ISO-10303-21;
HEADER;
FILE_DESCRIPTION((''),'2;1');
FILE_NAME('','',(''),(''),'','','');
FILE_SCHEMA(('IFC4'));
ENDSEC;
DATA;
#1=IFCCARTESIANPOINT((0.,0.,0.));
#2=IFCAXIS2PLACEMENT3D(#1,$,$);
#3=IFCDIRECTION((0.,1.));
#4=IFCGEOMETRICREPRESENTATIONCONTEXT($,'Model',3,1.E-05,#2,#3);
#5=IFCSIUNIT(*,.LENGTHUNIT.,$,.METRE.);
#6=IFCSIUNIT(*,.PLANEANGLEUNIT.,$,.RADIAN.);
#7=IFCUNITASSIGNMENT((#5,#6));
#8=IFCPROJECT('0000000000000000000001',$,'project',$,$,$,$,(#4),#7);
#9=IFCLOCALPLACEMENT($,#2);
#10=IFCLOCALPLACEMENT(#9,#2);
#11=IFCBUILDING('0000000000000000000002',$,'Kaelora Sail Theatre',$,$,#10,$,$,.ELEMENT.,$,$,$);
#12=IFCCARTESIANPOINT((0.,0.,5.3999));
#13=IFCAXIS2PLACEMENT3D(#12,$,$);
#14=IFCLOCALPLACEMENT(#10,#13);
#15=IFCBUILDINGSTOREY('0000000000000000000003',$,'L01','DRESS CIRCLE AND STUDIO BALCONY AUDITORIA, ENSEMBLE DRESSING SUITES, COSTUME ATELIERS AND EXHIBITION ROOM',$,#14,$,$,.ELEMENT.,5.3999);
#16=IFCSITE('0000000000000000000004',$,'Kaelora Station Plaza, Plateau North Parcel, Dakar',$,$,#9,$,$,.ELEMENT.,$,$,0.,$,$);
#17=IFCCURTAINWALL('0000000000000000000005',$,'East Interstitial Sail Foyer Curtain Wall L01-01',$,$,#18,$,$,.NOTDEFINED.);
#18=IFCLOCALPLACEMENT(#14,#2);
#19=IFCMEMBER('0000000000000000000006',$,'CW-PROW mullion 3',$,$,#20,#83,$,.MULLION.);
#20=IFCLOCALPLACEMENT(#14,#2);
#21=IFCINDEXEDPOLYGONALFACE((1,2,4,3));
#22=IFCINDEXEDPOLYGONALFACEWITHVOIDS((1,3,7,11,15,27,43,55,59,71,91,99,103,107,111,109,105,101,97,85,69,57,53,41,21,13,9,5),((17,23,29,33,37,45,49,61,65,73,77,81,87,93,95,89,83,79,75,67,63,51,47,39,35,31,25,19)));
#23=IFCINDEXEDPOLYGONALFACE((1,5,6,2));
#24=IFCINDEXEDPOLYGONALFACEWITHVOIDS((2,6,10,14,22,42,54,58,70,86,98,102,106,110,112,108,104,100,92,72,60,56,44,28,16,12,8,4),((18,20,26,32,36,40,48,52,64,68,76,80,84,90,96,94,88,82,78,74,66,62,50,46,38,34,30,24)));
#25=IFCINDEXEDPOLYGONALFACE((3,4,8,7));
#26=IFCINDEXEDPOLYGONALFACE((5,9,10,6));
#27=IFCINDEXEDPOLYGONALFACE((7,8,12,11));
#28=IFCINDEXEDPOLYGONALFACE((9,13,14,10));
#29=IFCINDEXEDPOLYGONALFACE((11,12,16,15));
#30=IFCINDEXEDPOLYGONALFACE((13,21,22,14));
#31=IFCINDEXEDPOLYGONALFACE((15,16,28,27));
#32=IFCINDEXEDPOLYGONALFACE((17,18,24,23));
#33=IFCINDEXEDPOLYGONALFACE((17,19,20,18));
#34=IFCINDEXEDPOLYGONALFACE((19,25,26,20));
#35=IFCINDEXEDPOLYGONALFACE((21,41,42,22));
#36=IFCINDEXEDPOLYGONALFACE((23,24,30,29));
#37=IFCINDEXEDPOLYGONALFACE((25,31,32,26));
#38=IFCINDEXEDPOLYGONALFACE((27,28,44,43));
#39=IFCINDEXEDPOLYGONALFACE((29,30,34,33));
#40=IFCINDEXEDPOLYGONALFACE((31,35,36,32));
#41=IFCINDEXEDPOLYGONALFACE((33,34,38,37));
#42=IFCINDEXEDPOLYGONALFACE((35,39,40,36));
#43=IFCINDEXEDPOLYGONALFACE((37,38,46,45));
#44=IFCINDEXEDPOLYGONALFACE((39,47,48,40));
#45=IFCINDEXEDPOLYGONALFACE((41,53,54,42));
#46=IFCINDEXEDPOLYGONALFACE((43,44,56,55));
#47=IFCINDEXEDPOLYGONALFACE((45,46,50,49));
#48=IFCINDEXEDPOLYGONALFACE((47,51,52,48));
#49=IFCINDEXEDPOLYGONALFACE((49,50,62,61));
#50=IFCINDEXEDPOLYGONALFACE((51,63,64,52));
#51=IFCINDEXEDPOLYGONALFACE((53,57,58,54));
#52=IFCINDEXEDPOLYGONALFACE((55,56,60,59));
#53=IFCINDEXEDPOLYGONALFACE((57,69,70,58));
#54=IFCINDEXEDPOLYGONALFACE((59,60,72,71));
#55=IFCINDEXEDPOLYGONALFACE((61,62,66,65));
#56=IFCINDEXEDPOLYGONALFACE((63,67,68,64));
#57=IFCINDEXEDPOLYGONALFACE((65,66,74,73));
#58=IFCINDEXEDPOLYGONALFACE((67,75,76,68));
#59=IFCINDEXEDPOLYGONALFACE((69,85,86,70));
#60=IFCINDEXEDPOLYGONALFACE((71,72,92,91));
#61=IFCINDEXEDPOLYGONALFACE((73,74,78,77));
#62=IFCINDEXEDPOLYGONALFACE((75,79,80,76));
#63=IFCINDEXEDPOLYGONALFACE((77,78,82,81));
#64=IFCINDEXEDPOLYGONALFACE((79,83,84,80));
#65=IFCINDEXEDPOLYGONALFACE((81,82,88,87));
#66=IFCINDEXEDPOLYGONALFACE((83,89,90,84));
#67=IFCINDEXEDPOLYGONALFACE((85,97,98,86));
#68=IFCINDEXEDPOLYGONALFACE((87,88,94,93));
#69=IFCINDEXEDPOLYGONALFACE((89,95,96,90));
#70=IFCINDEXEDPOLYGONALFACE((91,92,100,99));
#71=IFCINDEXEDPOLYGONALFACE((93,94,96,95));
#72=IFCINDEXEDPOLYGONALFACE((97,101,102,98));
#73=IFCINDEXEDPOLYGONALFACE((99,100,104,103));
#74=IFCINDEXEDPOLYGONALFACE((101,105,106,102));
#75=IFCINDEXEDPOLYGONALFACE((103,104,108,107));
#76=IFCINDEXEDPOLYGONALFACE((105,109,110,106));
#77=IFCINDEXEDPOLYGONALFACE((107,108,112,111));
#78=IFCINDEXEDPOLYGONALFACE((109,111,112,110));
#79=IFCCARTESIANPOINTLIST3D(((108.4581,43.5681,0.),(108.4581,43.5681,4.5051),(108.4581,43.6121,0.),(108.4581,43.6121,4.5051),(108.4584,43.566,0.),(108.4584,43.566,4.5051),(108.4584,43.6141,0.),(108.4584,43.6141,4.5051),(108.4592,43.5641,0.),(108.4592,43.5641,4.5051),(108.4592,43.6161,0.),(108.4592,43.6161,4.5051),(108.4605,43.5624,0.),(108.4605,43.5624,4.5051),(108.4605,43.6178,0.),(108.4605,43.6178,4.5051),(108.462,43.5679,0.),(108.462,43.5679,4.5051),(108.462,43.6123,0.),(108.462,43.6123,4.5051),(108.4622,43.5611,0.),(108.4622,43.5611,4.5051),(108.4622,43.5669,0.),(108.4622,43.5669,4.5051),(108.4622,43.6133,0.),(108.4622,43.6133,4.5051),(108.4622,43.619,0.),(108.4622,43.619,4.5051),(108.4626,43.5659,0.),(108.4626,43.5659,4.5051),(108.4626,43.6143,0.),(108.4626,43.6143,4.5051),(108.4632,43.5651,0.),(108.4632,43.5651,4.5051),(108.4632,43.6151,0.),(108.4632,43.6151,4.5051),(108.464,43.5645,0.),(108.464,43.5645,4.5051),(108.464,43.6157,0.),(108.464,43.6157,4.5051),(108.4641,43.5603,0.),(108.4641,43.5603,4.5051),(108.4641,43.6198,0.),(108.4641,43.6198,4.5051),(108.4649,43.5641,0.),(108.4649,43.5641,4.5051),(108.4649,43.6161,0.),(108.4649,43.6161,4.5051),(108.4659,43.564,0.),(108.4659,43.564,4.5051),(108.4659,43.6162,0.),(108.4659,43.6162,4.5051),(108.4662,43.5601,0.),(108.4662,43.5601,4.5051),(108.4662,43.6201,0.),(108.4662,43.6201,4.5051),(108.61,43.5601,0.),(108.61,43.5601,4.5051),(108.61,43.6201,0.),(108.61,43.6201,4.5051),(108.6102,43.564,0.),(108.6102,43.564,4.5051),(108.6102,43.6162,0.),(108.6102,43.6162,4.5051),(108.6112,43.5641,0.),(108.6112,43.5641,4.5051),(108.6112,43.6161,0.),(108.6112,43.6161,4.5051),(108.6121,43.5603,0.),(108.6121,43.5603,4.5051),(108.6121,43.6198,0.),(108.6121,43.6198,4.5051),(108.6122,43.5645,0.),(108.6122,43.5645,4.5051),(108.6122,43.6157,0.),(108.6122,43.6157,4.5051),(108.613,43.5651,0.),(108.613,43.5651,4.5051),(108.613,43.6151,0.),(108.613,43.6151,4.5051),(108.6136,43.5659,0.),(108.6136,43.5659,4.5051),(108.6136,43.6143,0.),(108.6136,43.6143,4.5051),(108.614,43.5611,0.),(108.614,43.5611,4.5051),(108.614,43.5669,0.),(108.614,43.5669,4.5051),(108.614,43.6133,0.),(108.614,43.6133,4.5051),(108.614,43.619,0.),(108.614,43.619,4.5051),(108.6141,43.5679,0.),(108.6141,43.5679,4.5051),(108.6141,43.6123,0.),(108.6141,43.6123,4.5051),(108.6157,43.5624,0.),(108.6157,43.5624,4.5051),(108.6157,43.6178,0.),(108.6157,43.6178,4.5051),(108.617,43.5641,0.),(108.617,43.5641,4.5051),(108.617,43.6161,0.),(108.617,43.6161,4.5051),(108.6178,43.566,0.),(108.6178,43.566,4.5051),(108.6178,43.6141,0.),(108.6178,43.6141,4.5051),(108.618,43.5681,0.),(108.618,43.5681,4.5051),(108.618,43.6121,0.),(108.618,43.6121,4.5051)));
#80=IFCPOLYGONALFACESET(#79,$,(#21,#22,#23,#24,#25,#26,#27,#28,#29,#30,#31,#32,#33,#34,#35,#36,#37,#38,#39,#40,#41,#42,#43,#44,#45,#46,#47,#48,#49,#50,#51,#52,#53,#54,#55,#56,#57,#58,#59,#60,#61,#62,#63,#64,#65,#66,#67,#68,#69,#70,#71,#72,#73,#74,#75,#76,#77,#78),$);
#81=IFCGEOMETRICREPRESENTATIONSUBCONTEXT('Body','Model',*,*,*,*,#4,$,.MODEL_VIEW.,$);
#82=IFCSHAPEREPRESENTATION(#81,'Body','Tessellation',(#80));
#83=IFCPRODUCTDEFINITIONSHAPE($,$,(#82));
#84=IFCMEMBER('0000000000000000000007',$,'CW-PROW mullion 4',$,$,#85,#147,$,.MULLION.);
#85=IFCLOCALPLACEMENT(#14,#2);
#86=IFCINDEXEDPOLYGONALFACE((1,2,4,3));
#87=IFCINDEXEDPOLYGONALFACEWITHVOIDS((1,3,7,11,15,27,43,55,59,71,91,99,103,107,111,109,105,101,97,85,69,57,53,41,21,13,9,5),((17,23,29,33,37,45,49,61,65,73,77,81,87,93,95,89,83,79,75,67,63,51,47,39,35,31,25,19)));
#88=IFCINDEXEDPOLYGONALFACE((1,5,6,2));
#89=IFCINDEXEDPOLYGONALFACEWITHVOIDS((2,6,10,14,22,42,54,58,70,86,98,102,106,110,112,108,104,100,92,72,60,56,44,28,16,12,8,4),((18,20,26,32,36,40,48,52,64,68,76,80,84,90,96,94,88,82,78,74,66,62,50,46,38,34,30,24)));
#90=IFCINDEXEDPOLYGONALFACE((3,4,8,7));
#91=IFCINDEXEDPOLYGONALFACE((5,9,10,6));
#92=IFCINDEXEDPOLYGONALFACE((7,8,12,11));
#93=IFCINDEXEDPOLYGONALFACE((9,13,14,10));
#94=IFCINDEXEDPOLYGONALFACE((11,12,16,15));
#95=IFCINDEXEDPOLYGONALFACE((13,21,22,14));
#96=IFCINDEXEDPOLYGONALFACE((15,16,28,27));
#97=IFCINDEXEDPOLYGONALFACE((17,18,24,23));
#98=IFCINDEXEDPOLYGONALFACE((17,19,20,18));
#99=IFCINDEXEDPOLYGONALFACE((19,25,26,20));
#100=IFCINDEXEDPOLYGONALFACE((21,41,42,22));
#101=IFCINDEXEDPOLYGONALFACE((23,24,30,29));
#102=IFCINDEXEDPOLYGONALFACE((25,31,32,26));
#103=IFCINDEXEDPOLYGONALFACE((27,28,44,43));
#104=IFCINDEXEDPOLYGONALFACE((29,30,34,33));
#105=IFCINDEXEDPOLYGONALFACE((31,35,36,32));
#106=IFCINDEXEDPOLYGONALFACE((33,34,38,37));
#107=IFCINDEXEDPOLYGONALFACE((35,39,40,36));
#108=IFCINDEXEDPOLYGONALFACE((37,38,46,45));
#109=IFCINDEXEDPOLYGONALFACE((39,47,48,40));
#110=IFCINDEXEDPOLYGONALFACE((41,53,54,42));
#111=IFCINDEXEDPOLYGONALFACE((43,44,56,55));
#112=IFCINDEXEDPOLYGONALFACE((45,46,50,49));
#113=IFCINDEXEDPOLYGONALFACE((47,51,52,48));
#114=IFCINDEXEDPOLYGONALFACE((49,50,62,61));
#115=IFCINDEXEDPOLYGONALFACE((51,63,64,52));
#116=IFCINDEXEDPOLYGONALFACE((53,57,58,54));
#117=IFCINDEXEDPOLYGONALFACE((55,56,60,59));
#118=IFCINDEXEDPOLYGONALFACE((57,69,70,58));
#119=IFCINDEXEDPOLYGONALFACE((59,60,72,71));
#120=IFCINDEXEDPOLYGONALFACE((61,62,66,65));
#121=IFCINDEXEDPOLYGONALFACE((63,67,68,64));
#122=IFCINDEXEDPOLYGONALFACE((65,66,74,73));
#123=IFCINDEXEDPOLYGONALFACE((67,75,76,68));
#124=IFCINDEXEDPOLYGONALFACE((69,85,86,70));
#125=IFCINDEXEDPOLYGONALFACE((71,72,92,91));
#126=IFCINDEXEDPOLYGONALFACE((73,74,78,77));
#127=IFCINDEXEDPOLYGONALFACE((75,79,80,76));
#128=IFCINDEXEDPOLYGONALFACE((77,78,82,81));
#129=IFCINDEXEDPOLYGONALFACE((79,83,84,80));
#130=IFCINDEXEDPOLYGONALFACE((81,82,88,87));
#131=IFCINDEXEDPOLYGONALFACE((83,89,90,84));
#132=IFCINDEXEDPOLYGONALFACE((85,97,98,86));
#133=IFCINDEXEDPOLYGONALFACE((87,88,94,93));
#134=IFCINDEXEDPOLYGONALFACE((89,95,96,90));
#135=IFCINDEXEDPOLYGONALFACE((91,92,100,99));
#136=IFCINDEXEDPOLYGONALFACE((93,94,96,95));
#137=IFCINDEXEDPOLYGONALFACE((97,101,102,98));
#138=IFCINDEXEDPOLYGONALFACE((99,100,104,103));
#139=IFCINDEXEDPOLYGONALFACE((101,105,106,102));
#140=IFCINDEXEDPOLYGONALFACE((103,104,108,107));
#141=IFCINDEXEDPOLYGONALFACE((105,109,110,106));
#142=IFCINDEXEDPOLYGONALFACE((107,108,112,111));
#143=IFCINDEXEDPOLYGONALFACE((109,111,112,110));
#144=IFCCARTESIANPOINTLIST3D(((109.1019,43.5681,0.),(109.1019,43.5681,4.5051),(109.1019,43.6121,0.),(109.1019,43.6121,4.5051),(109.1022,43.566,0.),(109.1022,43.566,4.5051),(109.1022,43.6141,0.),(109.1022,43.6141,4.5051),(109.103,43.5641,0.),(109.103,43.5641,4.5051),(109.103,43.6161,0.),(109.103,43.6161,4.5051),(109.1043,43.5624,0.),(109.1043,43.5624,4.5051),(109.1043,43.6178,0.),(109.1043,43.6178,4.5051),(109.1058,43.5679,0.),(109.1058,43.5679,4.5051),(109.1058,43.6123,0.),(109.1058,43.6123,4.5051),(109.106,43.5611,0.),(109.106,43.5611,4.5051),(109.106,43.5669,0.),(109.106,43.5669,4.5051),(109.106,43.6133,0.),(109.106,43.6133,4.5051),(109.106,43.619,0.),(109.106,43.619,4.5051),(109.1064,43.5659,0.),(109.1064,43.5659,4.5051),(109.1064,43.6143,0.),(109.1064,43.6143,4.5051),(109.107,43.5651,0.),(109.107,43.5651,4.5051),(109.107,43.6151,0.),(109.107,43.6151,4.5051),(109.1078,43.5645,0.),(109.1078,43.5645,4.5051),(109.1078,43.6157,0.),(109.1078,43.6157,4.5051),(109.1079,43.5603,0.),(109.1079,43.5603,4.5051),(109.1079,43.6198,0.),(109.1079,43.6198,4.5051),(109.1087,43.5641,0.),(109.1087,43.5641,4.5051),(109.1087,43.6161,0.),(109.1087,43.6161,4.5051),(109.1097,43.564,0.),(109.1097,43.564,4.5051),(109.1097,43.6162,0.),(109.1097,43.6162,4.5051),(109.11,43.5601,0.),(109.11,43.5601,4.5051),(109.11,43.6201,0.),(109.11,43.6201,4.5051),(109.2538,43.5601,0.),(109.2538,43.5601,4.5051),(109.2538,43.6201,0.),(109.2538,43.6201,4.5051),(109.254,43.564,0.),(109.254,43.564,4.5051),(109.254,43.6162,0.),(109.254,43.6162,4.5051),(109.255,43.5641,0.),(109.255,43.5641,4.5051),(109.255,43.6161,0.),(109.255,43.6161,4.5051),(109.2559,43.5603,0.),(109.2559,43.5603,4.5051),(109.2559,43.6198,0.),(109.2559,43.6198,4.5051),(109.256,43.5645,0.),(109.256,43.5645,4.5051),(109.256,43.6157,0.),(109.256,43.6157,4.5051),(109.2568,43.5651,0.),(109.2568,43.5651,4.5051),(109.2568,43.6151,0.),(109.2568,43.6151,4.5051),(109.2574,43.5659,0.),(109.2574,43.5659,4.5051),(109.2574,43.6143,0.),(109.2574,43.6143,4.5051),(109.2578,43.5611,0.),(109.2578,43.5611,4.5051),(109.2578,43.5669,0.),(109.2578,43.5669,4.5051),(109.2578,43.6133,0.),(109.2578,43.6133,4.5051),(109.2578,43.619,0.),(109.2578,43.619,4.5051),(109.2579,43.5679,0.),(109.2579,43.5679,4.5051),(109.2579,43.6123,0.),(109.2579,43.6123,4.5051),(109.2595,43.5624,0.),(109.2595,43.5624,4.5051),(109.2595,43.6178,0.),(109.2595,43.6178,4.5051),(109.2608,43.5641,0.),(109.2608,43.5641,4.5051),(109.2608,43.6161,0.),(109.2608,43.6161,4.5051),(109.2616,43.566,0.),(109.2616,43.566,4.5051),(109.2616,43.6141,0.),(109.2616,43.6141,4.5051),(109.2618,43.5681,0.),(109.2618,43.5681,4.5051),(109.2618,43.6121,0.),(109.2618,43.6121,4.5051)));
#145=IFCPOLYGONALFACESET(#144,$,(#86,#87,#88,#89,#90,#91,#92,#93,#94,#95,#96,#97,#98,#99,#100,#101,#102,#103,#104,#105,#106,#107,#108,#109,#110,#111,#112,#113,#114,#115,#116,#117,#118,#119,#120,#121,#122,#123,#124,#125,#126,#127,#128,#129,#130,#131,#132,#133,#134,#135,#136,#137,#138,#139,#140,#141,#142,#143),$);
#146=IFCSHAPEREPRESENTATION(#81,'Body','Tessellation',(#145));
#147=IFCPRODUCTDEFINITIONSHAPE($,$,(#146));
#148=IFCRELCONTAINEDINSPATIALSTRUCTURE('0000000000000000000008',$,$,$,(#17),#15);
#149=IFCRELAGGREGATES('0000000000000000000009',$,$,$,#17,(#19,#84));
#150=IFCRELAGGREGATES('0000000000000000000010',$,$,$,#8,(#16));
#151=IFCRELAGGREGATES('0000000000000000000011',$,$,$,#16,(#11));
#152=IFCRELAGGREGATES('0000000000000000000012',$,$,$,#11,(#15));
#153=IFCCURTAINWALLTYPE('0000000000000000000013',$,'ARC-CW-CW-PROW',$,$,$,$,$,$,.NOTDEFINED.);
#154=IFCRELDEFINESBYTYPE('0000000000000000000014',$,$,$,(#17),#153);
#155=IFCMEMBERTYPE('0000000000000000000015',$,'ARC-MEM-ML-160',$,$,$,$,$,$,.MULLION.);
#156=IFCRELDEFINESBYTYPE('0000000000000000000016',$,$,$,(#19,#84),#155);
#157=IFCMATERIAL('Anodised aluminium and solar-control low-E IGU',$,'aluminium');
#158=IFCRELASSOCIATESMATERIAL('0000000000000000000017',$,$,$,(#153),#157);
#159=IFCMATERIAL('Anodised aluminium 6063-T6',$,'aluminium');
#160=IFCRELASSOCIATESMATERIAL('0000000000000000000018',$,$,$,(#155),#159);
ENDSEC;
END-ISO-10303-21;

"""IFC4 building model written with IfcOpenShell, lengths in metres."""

from ifc_helpers import new_model, si_unit, direction, frame, origin, origin_2d, place, context, subcontext, project, spatial, hollow_rectangle, extrude, material, material_profile, profile_set, type_object, element, aggregate, save


model = new_model("IFC4")

# Units and contexts
model_context = context("Model", 3, precision=1e-05, world=origin(), true_north=direction((0.0, 1.0)))
body_context = subcontext(model_context, "Body", "Model", "MODEL_VIEW")
ifc_project = project(units=[si_unit("LENGTHUNIT", "METRE"), si_unit("PLANEANGLEUNIT", "RADIAN")], contexts=[model_context])

# Site, building, storey
site_placement = place(None, origin())
site = spatial("IfcSite", under=ifc_project, at=site_placement, Name="Kaelora Station Plaza, Plateau North Parcel, Dakar", CompositionType="ELEMENT", RefElevation=0.0)
building_placement = place(site_placement, origin())
building = spatial("IfcBuilding", under=site, at=building_placement, Name="Kaelora Sail Theatre", CompositionType="ELEMENT")
storey_placement = place(building_placement, frame((0.0, 0.0, 5.3999)))
storey = spatial("IfcBuildingStorey", under=building, at=storey_placement, Name="L01", Description="DRESS CIRCLE AND STUDIO BALCONY AUDITORIA, ENSEMBLE DRESSING SUITES, COSTUME ATELIERS AND EXHIBITION ROOM", CompositionType="ELEMENT", Elevation=5.3999)

# Curtain wall, members
ifc_material_1 = material(Name="Anodised aluminium and solar-control low-E IGU", Category="aluminium")
curtain_wall_type = type_object("IfcCurtainWallType", Name="ARC-CW-CW-PROW", PredefinedType="NOTDEFINED", material=ifc_material_1)
curtain_wall_placement = place(storey_placement, origin())
curtain_wall = element("IfcCurtainWall", 1, at=curtain_wall_placement, inside=storey, type_object=curtain_wall_type, Name="East Interstitial Sail Foyer Curtain Wall L01-01", PredefinedType="NOTDEFINED")
ifc_material_2 = material(Name="Anodised aluminium 6063-T6", Category="aluminium")
ifc_material_profile_1 = material_profile(ifc_material_2, hollow_rectangle(XDim=0.0601, YDim=0.1599, WallThickness=0.0039, InnerFilletRadius=0.0039, OuterFilletRadius=0.0081, at=origin_2d()), Name="ALU-MULL 60x160x4")
ifc_profile_set_1 = profile_set([ifc_material_profile_1], Name="Anodised aluminium 6063-T6")
member_type_1 = type_object("IfcMemberType", Name="ARC-MEM-ML-160", PredefinedType="MULLION", material=ifc_profile_set_1)
member_1_placement = place(storey_placement, frame((108.5381, 43.5901, 0.0), z_axis=(0.0, 0.0, 1.0), x_axis=(0.0, 1.0, 0.0)))
member_1 = element("IfcMember", 2, at=member_1_placement, type_object=member_type_1, Name="CW-PROW mullion 3", PredefinedType="MULLION", context=body_context, shape_type="SweptSolid", body=[
    extrude(hollow_rectangle(XDim=0.0601, YDim=0.1599, WallThickness=0.0039, InnerFilletRadius=0.0039, OuterFilletRadius=0.0081, at=origin_2d()), origin(), (0.0, 0.0, 1.0), 4.5051),
])
member_2_placement = place(storey_placement, frame((109.1819, 43.5901, 0.0), z_axis=(0.0, 0.0, 1.0), x_axis=(0.0, 1.0, 0.0)))
member_2 = element("IfcMember", 3, at=member_2_placement, type_object=member_type_1, Name="CW-PROW mullion 4", PredefinedType="MULLION", context=body_context, shape_type="SweptSolid", body=[
    extrude(hollow_rectangle(XDim=0.0601, YDim=0.1599, WallThickness=0.0039, InnerFilletRadius=0.0039, OuterFilletRadius=0.0081, at=origin_2d()), origin(), (0.0, 0.0, 1.0), 4.5051),
])

aggregate(curtain_wall, [member_1, member_2])

save(model, "model.ifc")
